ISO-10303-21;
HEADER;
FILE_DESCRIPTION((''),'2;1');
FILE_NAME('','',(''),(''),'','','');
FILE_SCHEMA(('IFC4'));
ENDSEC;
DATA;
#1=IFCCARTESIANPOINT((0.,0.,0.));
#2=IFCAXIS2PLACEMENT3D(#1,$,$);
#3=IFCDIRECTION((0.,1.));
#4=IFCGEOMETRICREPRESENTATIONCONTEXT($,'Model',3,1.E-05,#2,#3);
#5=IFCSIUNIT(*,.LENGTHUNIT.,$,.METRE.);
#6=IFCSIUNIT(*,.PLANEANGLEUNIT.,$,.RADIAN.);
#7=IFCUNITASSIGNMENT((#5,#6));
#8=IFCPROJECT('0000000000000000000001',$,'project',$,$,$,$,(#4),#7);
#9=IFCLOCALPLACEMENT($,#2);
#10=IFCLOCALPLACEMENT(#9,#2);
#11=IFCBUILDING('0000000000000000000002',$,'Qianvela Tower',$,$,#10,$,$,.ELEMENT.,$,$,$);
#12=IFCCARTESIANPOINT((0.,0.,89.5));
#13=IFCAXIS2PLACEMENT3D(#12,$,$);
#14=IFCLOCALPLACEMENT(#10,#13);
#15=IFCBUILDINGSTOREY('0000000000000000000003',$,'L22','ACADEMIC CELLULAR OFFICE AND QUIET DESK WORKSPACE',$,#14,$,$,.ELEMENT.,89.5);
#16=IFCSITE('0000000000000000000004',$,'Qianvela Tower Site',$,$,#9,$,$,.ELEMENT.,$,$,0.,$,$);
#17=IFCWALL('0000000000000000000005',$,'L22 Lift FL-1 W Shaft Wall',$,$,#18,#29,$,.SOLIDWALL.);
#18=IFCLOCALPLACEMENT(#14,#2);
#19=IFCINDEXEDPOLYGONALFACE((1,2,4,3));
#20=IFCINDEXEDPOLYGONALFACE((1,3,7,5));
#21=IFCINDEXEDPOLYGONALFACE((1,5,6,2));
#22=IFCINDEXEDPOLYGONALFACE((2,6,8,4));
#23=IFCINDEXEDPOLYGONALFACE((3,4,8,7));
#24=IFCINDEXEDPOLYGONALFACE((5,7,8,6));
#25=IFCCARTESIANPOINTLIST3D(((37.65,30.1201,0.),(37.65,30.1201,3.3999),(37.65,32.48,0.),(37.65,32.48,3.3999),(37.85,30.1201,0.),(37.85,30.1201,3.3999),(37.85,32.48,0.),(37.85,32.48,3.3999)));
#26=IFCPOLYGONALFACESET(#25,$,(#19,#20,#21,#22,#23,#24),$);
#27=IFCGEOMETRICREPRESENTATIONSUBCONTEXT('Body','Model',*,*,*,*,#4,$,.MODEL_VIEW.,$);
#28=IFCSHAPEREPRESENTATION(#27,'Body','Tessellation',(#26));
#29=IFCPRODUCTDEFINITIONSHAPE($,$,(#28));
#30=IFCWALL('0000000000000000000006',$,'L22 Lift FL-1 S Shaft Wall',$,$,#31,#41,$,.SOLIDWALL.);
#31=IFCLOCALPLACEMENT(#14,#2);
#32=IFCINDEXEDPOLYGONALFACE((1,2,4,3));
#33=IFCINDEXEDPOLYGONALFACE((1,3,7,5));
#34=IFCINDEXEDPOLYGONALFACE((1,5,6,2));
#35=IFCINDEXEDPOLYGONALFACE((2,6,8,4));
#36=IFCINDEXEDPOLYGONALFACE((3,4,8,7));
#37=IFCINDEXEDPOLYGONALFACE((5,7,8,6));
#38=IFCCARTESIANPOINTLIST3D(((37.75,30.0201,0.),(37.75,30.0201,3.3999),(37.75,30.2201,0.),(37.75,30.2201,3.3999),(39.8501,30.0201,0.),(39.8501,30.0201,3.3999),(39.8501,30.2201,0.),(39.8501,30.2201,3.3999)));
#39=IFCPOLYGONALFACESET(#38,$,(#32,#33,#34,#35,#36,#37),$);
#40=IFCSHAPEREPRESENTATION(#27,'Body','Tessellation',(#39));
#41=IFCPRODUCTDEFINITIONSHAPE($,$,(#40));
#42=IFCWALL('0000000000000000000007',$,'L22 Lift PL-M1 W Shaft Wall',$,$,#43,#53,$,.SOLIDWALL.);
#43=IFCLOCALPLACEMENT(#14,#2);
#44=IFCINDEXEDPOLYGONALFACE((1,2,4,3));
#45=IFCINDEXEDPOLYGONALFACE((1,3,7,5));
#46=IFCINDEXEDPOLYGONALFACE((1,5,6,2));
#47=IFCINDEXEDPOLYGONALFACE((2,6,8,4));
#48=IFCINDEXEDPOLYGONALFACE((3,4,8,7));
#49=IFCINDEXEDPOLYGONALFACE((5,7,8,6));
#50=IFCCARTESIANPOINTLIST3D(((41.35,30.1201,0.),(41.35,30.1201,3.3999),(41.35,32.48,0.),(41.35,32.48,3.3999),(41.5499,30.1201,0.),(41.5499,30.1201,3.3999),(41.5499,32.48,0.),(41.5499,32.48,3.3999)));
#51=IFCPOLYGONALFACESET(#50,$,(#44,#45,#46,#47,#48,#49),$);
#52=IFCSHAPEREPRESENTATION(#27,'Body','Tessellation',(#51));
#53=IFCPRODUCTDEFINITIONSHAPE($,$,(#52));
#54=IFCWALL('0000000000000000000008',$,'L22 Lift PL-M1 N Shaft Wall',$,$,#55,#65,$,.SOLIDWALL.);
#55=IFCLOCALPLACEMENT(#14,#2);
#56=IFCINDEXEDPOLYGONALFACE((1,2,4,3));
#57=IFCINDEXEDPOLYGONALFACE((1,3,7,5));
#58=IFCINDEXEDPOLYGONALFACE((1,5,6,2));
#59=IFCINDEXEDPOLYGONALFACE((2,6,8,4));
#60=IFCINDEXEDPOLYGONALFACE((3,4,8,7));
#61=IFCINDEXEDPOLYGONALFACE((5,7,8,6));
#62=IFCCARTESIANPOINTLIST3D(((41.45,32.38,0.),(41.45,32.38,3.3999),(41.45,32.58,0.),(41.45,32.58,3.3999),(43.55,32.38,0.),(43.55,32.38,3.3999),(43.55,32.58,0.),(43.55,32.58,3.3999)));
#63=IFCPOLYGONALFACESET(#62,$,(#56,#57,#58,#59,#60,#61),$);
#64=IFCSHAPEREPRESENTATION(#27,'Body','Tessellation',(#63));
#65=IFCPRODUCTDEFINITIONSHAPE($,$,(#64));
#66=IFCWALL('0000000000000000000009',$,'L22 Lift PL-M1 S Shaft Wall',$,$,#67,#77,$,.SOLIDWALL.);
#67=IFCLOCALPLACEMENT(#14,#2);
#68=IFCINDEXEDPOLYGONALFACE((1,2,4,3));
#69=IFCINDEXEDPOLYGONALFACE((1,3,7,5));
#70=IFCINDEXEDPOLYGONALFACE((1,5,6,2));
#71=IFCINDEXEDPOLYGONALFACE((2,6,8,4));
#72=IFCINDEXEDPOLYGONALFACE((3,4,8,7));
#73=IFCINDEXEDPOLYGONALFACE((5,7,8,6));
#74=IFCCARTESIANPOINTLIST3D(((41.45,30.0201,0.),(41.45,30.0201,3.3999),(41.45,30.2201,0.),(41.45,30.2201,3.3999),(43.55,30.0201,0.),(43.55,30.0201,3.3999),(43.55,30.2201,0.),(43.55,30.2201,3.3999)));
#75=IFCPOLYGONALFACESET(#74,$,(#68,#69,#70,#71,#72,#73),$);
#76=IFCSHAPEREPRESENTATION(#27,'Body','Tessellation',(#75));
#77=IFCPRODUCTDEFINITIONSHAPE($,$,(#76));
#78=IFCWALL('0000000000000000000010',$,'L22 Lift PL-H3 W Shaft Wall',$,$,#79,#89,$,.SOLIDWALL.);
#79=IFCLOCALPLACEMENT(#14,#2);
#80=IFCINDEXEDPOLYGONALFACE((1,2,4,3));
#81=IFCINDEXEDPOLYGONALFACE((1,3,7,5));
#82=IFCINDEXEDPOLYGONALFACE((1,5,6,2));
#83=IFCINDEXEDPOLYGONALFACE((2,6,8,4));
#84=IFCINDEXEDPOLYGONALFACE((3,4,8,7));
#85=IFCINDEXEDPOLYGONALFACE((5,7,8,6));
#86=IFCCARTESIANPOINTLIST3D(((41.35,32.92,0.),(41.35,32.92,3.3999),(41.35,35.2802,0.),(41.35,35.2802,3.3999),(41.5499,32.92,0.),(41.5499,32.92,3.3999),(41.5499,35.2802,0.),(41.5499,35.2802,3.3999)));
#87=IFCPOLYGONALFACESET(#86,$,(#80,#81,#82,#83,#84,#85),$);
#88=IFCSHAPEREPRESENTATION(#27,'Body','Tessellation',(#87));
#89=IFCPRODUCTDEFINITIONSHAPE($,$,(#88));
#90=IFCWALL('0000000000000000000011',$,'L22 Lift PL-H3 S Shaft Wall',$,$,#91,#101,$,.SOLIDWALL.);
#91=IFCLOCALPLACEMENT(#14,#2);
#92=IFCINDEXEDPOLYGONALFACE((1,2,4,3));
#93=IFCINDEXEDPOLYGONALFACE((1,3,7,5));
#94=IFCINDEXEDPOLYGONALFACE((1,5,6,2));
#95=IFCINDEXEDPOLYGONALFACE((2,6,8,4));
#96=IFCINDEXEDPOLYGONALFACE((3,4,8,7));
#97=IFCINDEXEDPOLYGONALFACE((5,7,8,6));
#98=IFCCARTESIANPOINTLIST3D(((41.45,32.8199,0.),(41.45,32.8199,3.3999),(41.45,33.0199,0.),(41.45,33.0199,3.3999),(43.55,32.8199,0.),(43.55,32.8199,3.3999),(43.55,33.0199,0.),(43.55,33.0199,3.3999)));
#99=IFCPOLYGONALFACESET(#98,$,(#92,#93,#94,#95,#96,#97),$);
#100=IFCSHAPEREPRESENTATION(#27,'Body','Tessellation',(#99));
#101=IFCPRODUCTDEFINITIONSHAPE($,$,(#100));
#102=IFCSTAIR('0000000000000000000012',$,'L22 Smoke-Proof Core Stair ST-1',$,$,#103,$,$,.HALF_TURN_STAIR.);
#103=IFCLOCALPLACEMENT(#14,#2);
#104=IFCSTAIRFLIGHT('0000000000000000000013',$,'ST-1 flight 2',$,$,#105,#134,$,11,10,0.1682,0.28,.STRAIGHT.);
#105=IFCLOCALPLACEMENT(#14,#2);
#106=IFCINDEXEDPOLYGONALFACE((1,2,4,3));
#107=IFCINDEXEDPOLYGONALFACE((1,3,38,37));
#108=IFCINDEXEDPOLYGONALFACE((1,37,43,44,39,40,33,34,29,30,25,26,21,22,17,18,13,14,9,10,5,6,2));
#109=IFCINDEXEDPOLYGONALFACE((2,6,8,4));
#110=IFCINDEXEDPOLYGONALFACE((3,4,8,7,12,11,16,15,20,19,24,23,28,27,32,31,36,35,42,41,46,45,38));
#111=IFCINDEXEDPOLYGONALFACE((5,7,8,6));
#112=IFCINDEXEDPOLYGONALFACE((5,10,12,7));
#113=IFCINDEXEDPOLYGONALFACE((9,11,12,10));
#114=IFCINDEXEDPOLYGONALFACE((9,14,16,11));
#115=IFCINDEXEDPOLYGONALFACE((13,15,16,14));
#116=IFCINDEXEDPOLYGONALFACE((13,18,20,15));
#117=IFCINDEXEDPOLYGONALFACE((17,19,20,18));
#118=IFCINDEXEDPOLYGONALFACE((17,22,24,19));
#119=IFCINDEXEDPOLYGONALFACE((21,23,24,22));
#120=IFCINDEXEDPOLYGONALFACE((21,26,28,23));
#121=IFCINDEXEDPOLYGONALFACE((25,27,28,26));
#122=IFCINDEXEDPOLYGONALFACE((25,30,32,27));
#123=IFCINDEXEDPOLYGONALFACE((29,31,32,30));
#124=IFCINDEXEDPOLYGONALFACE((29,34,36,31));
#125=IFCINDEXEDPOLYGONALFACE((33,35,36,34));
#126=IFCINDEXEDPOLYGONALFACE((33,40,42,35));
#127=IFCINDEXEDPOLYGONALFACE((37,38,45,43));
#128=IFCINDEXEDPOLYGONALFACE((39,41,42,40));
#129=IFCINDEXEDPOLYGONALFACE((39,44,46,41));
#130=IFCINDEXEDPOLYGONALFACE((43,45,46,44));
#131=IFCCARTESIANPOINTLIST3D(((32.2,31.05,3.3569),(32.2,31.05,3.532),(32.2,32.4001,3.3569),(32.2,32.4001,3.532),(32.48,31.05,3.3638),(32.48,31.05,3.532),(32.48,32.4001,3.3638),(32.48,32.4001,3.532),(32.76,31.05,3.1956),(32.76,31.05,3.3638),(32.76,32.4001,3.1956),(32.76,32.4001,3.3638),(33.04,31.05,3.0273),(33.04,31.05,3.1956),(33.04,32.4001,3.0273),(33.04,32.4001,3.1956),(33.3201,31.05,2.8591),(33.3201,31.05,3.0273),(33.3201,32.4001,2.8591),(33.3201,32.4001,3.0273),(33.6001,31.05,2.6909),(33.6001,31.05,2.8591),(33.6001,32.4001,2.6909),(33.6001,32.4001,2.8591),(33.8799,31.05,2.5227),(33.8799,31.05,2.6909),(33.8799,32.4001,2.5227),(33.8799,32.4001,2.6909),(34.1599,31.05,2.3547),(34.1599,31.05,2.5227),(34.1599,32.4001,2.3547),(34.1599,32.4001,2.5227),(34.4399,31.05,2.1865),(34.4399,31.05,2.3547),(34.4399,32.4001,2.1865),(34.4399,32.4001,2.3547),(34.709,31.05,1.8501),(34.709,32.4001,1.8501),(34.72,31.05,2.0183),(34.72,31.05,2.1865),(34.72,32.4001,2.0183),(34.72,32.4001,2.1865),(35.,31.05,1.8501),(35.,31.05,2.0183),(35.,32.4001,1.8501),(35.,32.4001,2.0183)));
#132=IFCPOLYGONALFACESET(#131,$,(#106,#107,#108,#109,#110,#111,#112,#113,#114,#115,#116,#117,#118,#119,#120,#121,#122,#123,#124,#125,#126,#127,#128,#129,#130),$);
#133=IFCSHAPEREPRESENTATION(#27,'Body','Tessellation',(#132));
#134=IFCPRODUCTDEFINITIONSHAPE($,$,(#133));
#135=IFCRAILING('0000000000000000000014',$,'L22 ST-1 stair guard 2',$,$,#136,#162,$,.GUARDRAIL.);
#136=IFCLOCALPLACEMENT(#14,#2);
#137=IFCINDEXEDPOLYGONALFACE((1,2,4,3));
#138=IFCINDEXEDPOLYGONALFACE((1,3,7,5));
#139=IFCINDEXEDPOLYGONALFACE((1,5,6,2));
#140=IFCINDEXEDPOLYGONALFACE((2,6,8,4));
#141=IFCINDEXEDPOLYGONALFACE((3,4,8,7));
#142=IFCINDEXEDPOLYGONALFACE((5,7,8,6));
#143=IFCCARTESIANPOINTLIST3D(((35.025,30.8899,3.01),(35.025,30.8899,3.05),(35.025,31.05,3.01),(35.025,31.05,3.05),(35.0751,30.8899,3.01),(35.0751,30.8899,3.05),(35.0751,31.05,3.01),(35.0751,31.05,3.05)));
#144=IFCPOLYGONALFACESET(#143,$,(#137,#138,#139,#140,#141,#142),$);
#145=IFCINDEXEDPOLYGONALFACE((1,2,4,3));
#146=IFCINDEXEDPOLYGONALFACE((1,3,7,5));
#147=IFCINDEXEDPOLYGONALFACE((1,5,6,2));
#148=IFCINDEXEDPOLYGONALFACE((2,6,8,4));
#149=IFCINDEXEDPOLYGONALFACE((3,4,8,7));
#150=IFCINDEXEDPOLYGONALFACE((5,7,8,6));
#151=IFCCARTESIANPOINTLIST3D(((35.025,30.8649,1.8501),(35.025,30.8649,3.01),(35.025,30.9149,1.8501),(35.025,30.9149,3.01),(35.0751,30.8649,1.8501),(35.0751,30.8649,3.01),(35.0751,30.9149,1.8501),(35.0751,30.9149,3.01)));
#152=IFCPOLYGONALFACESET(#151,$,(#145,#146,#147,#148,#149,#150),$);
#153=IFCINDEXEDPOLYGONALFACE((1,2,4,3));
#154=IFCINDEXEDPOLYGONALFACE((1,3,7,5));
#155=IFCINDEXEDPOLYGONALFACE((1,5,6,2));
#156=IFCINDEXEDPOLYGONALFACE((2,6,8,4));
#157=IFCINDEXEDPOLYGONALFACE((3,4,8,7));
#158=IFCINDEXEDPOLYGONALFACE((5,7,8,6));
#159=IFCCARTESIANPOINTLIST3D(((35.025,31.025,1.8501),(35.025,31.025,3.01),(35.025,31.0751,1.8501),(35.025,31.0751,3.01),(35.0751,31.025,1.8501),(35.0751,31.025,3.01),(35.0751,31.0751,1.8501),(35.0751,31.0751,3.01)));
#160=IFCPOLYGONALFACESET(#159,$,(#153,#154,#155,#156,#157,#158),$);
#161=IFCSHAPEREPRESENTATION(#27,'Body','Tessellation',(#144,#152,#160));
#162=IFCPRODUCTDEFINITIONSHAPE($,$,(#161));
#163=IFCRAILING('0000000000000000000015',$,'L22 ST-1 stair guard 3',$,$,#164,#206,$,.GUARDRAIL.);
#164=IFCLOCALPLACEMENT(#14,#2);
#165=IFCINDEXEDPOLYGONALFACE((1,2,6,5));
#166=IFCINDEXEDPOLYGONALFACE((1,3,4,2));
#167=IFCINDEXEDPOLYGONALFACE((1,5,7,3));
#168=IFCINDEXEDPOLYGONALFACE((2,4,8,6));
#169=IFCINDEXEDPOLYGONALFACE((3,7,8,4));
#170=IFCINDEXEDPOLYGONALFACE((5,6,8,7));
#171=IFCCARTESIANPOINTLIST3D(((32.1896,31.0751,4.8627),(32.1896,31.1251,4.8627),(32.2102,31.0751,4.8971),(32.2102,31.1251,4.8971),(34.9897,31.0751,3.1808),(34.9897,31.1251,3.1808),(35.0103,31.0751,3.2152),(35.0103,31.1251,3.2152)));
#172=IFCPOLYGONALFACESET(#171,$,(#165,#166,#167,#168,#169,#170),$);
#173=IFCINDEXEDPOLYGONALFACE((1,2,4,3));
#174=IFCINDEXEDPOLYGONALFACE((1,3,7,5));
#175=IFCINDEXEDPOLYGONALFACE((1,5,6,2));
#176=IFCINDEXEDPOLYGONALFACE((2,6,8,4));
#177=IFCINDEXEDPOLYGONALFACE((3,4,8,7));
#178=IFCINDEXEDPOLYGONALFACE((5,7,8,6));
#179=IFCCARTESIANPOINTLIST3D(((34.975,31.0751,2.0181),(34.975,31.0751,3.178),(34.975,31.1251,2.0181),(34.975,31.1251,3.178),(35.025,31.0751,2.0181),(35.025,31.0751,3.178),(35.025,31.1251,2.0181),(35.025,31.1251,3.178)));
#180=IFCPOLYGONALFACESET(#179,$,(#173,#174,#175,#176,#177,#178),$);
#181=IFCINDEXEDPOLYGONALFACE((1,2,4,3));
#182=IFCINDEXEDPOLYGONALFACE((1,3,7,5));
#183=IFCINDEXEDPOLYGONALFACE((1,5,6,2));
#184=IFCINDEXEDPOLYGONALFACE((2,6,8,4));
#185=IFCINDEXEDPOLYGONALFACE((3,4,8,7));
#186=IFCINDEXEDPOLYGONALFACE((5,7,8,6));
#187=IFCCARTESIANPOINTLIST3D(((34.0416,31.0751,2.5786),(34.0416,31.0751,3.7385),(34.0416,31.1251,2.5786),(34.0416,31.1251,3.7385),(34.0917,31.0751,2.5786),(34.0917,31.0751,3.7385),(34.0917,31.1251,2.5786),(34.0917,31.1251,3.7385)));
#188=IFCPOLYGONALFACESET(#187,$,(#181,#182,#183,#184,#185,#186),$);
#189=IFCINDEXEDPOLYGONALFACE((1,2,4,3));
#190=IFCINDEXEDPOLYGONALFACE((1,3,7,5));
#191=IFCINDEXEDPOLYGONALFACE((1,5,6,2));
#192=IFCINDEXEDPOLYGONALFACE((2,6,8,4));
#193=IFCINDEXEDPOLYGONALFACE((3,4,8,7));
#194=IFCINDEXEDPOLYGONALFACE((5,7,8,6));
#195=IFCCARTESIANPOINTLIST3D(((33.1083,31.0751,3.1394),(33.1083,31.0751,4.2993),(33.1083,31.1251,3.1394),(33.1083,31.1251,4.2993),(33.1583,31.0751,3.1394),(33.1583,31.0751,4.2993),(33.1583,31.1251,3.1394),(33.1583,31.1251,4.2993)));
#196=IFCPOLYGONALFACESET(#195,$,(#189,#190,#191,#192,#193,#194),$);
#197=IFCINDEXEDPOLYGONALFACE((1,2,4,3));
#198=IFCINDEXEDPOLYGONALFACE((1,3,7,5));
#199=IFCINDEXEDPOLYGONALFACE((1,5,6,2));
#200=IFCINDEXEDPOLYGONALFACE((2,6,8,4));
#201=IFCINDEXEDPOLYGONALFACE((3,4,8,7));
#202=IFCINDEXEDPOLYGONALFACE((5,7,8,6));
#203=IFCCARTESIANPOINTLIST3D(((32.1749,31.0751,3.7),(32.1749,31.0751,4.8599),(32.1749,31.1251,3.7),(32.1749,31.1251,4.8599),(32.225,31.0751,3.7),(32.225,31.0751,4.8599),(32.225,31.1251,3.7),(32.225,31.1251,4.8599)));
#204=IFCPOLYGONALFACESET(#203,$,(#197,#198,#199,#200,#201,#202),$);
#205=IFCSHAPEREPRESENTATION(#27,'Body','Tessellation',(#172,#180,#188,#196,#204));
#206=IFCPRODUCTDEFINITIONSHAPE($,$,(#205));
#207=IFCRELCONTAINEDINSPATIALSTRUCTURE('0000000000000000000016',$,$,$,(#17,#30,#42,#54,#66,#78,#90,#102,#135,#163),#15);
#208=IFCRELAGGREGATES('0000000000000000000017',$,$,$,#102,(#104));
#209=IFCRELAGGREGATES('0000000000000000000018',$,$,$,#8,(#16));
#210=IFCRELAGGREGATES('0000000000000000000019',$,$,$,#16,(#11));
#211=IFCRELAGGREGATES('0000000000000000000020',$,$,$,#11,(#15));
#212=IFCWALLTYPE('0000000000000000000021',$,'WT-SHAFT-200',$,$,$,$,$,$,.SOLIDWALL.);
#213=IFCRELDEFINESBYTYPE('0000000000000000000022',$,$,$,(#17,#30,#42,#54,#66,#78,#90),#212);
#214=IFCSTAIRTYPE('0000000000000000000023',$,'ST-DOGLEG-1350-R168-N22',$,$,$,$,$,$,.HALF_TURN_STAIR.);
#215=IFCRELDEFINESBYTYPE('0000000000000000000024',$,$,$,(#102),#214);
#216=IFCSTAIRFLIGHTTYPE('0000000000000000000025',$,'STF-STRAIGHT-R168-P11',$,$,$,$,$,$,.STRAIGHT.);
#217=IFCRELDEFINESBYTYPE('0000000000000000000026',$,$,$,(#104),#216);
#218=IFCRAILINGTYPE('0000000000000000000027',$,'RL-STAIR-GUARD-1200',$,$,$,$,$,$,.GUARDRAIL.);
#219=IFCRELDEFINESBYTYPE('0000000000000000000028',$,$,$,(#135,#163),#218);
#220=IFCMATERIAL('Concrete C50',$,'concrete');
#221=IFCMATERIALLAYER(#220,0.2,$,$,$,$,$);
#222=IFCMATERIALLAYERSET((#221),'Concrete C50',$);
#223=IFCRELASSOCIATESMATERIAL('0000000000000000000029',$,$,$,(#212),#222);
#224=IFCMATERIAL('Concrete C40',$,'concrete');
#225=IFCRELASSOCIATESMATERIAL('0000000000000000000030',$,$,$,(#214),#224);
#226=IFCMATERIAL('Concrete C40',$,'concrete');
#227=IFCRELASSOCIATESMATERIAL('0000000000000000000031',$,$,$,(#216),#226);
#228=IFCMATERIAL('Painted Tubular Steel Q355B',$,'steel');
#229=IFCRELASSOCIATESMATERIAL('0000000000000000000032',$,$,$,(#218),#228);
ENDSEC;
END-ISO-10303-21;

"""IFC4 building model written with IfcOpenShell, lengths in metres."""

from ifc_helpers import new_model, si_unit, direction, frame, frame_2d, origin, origin_2d, place, context, subcontext, project, spatial, polyline, rectangle, outline, extrude, material, layer, layer_set, type_object, element, aggregate, save


model = new_model("IFC4")

# Units and contexts
model_context = context("Model", 3, precision=1e-05, world=origin(), true_north=direction((0.0, 1.0)))
body_context = subcontext(model_context, "Body", "Model", "MODEL_VIEW")
ifc_project = project(units=[si_unit("LENGTHUNIT", "METRE"), si_unit("PLANEANGLEUNIT", "RADIAN")], contexts=[model_context])

# Site, building, storey
site_placement = place(None, origin())
site = spatial("IfcSite", under=ifc_project, at=site_placement, Name="Qianvela Tower Site", CompositionType="ELEMENT", RefElevation=0.0)
building_placement = place(site_placement, origin())
building = spatial("IfcBuilding", under=site, at=building_placement, Name="Qianvela Tower", CompositionType="ELEMENT")
storey_placement = place(building_placement, frame((0.0, 0.0, 89.5)))
storey = spatial("IfcBuildingStorey", under=building, at=storey_placement, Name="L22", Description="ACADEMIC CELLULAR OFFICE AND QUIET DESK WORKSPACE", CompositionType="ELEMENT", Elevation=89.5)

# Shared definitions
ifc_material_1 = material(Name="Concrete C50", Category="concrete")
ifc_layer_1 = layer(ifc_material_1, 0.2)
ifc_layer_set_1 = layer_set([ifc_layer_1], Name="Concrete C50")
wall_type_1 = type_object("IfcWallType", Name="WT-SHAFT-200", PredefinedType="SOLIDWALL", material=ifc_layer_set_1)

# Walls
wall_1_placement = place(storey_placement, frame((37.75, 30.1201, 0.0), z_axis=(0.0, 0.0, 1.0), x_axis=(0.0, 1.0, 0.0)))
element("IfcWall", 1, at=wall_1_placement, inside=storey, type_object=wall_type_1, Name="L22 Lift FL-1 W Shaft Wall", PredefinedType="SOLIDWALL", context=body_context, shape_type="SweptSolid", body=[
    extrude(rectangle(XDim=2.3599, YDim=0.2, at=frame_2d((1.1799, 0.0))), origin(), (0.0, 0.0, 1.0), 3.3999),
])
wall_2_placement = place(storey_placement, frame((37.75, 30.1201, 0.0), z_axis=(0.0, 0.0, 1.0), x_axis=(1.0, 0.0, 0.0)))
element("IfcWall", 2, at=wall_2_placement, inside=storey, type_object=wall_type_1, Name="L22 Lift FL-1 S Shaft Wall", PredefinedType="SOLIDWALL", context=body_context, shape_type="SweptSolid", body=[
    extrude(rectangle(XDim=2.1001, YDim=0.2, at=frame_2d((1.05, 0.0))), origin(), (0.0, 0.0, 1.0), 3.3999),
])
wall_3_placement = place(storey_placement, frame((41.45, 30.1201, 0.0), z_axis=(0.0, 0.0, 1.0), x_axis=(0.0, 1.0, 0.0)))
element("IfcWall", 3, at=wall_3_placement, inside=storey, type_object=wall_type_1, Name="L22 Lift PL-M1 W Shaft Wall", PredefinedType="SOLIDWALL", context=body_context, shape_type="SweptSolid", body=[
    extrude(rectangle(XDim=2.3599, YDim=0.2, at=frame_2d((1.1799, 0.0))), origin(), (0.0, 0.0, 1.0), 3.3999),
])
for number, where, z_axis, x_axis, name in (
    (4, (41.45, 32.48, 0.0), (0.0, 0.0, 1.0), (1.0, 0.0, 0.0), "L22 Lift PL-M1 N Shaft Wall"),
    (5, (41.45, 30.1201, 0.0), (0.0, 0.0, 1.0), (1.0, 0.0, 0.0), "L22 Lift PL-M1 S Shaft Wall"),
):
    element("IfcWall", number, at=place(storey_placement, frame(where, z_axis=z_axis, x_axis=x_axis)), inside=storey, type_object=wall_type_1, Name=name, PredefinedType="SOLIDWALL", context=body_context, shape_type="SweptSolid", body=[
        extrude(rectangle(XDim=2.1001, YDim=0.2, at=frame_2d((1.05, 0.0))), origin(), (0.0, 0.0, 1.0), 3.3999),
    ])
wall_4_placement = place(storey_placement, frame((41.45, 32.9199, 0.0), z_axis=(0.0, 0.0, 1.0), x_axis=(0.0, 1.0, 0.0)))
element("IfcWall", 6, at=wall_4_placement, inside=storey, type_object=wall_type_1, Name="L22 Lift PL-H3 W Shaft Wall", PredefinedType="SOLIDWALL", context=body_context, shape_type="SweptSolid", body=[
    extrude(rectangle(XDim=2.3601, YDim=0.2, at=frame_2d((1.1802, 0.0))), origin(), (0.0, 0.0, 1.0), 3.3999),
])
wall_5_placement = place(storey_placement, frame((41.45, 32.9199, 0.0), z_axis=(0.0, 0.0, 1.0), x_axis=(1.0, 0.0, 0.0)))
element("IfcWall", 7, at=wall_5_placement, inside=storey, type_object=wall_type_1, Name="L22 Lift PL-H3 S Shaft Wall", PredefinedType="SOLIDWALL", context=body_context, shape_type="SweptSolid", body=[
    extrude(rectangle(XDim=2.1001, YDim=0.2, at=frame_2d((1.05, 0.0))), origin(), (0.0, 0.0, 1.0), 3.3999),
])

# Stair, stair flight
ifc_material_2 = material(Name="Concrete C40", Category="concrete")
stair_type = type_object("IfcStairType", Name="ST-DOGLEG-1350-R168-N22", PredefinedType="HALF_TURN_STAIR", material=ifc_material_2)
stair_placement = place(storey_placement, origin())
stair = element("IfcStair", 8, at=stair_placement, inside=storey, type_object=stair_type, Name="L22 Smoke-Proof Core Stair ST-1", PredefinedType="HALF_TURN_STAIR")
ifc_material_3 = material(Name="Concrete C40", Category="concrete")
stair_flight_type = type_object("IfcStairFlightType", Name="STF-STRAIGHT-R168-P11", PredefinedType="STRAIGHT", material=ifc_material_3)
stair_flight_placement = place(storey_placement, frame((35.0, 31.7251, 1.8501), z_axis=(0.0, 0.0, 1.0), x_axis=(-1.0, 0.0, 0.0)))
stair_flight = element("IfcStairFlight", 9, at=stair_flight_placement, type_object=stair_flight_type, Name="ST-1 flight 2", NumberOfRisers=11, NumberOfTreads=10, PredefinedType="STRAIGHT", RiserHeight=0.1682, TreadLength=0.28, context=body_context, shape_type="SweptSolid", body=[
    extrude(outline(polyline([(0.0, 0.0), (0.0, 0.1682), (0.28, 0.1682), (0.28, 0.3364), (0.5601, 0.3364), (0.5601, 0.5046), (0.8401, 0.5046), (0.8401, 0.6726), (1.1201, 0.6726), (1.1201, 0.8408), (1.3999, 0.8408), (1.3999, 1.009), (1.6799, 1.009), (1.6799, 1.1772), (1.96, 1.1772), (1.96, 1.3455), (2.24, 1.3455), (2.24, 1.5137), (2.52, 1.5137), (2.52, 1.6819), (2.8, 1.6819), (2.8, 1.8501), (2.8, 1.5068), (0.291, 0.0), (0.0, 0.0)])), frame((0.0, 0.675, 0.0), z_axis=(0.0, -1.0, 0.0), x_axis=(1.0, 0.0, 0.0)), (0.0, 0.0, 1.0), 1.3501),
])
aggregate(stair, [stair_flight])

# Railings
ifc_material_4 = material(Name="Painted Tubular Steel Q355B", Category="steel")
railing_type_1 = type_object("IfcRailingType", Name="RL-STAIR-GUARD-1200", PredefinedType="GUARDRAIL", material=ifc_material_4)
railing_1_placement = place(storey_placement, frame((35.05, 30.8899, 1.8501)))
element("IfcRailing", 10, at=railing_1_placement, inside=storey, type_object=railing_type_1, Name="L22 ST-1 stair guard 2", PredefinedType="GUARDRAIL", context=body_context, shape_type="SweptSolid", body=[
    extrude(rectangle(XDim=0.05, YDim=0.04, at=origin_2d()), frame((0.0, 0.0, 1.1799), z_axis=(0.0, 1.0, 0.0), x_axis=(-1.0, 0.0, 0.0)), (0.0, 0.0, 1.0), 0.1602),
    extrude(rectangle(XDim=0.05, YDim=0.05, at=origin_2d()), origin(), (0.0, 0.0, 1.0), 1.1599),
    extrude(rectangle(XDim=0.05, YDim=0.05, at=origin_2d()), frame((0.0, 0.1602, 0.0)), (0.0, 0.0, 1.0), 1.1599),
])
railing_2_placement = place(storey_placement, frame((35.0, 31.1001, 2.0181)))
element("IfcRailing", 11, at=railing_2_placement, inside=storey, type_object=railing_type_1, Name="L22 ST-1 stair guard 3", PredefinedType="GUARDRAIL", context=body_context, shape_type="SweptSolid", body=[
    extrude(rectangle(XDim=0.05, YDim=0.04, at=origin_2d()), frame((0.0, 0.0, 1.1799), z_axis=(-0.857242, 0.0, 0.514913), x_axis=(0.0, -1.0, 0.0)), (0.0, 0.0, 1.0), 3.2664),
    extrude(rectangle(XDim=0.05, YDim=0.05, at=origin_2d()), origin(), (0.0, 0.0, 1.0), 1.1599),
    extrude(rectangle(XDim=0.05, YDim=0.05, at=origin_2d()), frame((-0.9333, 0.0, 0.5605)), (0.0, 0.0, 1.0), 1.1599),
    extrude(rectangle(XDim=0.05, YDim=0.05, at=origin_2d()), frame((-1.8667, 0.0, 1.1213)), (0.0, 0.0, 1.0), 1.1599),
    extrude(rectangle(XDim=0.05, YDim=0.05, at=origin_2d()), frame((-2.8, 0.0, 1.6819)), (0.0, 0.0, 1.0), 1.1599),
])

save(model, "model.ifc")
